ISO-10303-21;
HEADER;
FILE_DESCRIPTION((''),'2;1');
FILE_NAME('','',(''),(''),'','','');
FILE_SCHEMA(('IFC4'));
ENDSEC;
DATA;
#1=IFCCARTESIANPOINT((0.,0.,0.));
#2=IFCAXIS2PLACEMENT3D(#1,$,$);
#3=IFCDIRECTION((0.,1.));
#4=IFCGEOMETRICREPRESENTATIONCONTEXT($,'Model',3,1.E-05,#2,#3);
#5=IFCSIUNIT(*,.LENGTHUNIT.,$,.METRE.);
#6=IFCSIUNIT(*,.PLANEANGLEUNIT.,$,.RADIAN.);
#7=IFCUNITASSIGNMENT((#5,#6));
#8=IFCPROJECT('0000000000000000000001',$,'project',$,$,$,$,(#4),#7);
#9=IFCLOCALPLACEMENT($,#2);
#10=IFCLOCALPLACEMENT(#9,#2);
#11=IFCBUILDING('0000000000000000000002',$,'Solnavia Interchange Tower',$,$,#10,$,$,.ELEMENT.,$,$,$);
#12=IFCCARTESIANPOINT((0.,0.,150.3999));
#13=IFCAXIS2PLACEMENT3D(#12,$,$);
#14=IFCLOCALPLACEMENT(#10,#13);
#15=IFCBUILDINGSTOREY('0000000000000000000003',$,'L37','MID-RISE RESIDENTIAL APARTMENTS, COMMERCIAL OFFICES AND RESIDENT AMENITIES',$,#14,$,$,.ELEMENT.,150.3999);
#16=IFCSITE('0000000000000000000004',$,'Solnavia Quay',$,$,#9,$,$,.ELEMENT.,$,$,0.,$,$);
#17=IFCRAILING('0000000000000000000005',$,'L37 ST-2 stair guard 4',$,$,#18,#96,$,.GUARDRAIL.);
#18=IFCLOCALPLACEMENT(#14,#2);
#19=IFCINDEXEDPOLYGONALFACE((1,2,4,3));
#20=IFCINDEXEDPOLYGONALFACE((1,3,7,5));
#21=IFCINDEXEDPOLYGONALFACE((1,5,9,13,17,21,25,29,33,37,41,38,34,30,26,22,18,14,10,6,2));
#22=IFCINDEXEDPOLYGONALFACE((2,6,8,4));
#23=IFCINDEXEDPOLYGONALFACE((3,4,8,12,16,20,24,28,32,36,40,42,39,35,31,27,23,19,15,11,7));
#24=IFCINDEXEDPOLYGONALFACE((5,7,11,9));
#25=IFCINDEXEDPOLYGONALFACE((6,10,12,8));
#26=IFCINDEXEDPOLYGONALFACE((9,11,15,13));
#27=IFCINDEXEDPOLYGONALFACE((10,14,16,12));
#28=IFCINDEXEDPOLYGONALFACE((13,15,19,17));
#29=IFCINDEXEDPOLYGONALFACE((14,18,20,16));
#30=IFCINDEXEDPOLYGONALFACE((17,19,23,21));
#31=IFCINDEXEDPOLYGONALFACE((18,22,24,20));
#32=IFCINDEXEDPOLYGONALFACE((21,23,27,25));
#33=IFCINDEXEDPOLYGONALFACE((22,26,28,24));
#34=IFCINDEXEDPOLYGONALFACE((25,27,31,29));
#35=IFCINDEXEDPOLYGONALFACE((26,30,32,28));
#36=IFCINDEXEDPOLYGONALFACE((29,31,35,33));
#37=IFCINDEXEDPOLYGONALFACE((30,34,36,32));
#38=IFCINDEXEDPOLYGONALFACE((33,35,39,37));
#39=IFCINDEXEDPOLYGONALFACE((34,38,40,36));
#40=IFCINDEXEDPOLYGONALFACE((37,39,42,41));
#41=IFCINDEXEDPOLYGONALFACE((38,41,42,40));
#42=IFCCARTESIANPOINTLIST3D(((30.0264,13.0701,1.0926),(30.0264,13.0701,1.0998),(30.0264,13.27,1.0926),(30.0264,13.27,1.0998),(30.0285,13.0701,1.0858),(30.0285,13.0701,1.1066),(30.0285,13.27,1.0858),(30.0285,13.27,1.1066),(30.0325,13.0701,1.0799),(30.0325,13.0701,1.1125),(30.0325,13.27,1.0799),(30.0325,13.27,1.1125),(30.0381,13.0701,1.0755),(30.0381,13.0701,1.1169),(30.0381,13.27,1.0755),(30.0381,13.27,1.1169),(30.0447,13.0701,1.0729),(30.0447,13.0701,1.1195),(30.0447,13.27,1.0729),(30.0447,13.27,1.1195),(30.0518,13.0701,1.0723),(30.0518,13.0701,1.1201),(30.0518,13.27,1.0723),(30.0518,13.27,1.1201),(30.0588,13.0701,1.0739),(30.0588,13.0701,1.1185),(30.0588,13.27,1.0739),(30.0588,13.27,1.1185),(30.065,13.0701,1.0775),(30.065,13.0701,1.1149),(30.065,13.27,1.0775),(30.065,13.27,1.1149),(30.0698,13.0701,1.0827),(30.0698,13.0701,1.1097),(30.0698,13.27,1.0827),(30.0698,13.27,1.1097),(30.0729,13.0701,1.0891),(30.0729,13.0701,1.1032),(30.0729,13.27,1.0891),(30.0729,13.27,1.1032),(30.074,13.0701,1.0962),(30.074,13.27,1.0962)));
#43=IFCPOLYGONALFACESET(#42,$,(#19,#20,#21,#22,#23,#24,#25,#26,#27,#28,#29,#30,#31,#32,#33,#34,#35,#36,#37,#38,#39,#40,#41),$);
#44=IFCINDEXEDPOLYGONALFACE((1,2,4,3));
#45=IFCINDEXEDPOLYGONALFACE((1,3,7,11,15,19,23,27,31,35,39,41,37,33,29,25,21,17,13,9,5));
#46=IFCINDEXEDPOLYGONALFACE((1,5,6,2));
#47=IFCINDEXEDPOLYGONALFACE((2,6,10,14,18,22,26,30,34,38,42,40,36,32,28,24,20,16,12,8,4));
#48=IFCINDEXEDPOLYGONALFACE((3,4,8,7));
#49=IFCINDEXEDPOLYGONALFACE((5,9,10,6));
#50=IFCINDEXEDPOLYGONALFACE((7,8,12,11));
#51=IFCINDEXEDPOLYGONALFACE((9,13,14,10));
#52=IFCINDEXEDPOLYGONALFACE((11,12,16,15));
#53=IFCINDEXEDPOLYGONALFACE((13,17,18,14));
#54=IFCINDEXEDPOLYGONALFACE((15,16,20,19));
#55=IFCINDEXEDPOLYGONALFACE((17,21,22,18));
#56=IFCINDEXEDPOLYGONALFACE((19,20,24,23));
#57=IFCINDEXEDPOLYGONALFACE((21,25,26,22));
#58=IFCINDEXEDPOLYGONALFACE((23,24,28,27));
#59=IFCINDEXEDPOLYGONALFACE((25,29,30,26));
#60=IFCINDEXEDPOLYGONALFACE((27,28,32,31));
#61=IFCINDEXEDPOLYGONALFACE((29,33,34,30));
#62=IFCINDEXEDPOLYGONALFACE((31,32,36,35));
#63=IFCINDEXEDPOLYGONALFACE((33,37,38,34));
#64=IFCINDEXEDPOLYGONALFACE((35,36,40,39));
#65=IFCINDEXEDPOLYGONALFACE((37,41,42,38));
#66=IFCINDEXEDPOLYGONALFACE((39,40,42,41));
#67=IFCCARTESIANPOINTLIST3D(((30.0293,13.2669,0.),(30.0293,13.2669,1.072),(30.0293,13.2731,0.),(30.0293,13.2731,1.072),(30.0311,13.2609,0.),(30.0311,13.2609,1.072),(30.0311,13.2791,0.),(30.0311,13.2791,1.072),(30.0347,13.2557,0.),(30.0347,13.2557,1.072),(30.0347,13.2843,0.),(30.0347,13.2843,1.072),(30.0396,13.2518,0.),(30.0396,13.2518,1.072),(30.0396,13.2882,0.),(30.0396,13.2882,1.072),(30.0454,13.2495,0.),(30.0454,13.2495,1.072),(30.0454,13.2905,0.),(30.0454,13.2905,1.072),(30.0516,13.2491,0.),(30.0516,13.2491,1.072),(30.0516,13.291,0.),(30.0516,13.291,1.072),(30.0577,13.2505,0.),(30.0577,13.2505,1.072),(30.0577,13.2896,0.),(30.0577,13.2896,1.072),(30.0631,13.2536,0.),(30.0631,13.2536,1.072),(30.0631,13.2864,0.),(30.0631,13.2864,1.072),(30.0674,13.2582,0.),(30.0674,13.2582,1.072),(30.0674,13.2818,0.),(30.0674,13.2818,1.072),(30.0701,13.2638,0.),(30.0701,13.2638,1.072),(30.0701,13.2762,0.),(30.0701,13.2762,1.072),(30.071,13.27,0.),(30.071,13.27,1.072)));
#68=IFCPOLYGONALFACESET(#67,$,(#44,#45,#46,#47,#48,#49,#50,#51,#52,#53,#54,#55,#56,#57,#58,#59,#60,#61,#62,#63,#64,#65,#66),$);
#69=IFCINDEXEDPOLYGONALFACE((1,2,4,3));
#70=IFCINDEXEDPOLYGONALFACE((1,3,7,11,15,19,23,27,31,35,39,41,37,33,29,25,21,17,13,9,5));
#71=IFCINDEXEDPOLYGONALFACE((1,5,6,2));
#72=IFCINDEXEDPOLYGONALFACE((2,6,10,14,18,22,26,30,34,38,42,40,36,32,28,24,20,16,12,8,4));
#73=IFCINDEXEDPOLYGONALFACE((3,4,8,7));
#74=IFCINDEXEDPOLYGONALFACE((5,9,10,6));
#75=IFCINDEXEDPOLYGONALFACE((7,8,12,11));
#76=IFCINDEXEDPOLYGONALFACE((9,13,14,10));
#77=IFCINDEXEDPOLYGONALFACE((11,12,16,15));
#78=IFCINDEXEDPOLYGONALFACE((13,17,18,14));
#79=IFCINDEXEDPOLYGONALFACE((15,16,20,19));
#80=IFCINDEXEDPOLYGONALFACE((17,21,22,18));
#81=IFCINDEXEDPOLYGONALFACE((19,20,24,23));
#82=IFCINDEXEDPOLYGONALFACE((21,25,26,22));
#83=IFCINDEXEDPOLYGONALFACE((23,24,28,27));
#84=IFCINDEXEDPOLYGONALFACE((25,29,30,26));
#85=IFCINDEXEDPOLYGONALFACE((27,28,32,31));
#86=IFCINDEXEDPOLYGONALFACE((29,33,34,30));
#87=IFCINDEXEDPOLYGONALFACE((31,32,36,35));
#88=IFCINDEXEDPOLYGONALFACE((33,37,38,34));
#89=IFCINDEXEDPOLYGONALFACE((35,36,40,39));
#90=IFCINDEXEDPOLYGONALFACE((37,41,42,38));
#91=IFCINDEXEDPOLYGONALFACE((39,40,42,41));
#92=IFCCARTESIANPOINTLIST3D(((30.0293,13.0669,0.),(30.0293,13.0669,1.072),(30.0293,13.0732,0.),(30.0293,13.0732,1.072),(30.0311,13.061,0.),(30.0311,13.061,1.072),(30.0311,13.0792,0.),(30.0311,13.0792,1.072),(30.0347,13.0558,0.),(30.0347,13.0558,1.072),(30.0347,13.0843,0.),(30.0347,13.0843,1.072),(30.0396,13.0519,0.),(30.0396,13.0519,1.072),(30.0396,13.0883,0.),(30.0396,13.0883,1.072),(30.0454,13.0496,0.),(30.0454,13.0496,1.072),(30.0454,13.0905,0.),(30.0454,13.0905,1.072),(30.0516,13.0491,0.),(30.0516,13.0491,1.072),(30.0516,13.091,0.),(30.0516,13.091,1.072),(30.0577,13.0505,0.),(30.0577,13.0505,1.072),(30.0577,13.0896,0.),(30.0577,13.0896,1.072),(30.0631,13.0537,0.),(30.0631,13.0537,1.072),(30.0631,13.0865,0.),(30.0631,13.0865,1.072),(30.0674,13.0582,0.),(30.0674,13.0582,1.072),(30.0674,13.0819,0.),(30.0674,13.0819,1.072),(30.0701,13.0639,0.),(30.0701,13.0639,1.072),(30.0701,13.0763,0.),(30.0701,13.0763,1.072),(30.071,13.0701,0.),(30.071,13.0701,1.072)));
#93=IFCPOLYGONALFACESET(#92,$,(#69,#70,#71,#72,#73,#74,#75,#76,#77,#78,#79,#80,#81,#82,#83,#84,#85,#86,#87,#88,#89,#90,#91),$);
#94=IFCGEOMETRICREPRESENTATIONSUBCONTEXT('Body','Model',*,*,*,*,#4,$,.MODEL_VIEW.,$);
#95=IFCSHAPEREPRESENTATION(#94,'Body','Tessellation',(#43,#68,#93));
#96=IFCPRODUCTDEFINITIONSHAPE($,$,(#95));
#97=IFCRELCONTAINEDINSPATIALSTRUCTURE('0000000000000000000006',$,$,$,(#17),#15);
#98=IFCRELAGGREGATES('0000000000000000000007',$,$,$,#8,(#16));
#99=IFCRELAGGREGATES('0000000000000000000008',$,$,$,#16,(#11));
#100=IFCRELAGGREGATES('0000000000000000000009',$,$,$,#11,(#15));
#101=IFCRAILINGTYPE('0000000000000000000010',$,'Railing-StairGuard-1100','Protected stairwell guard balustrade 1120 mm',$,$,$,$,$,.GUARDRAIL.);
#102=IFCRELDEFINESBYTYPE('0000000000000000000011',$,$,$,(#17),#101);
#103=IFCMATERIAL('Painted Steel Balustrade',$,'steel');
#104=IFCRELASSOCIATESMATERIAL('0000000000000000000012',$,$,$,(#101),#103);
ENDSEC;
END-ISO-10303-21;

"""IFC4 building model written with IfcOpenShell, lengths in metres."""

from ifc_helpers import new_model, si_unit, direction, frame, origin, origin_2d, place, context, subcontext, project, spatial, circle, extrude, material, type_object, element, save


model = new_model("IFC4")

# Units and contexts
model_context = context("Model", 3, precision=1e-05, world=origin(), true_north=direction((0.0, 1.0)))
body_context = subcontext(model_context, "Body", "Model", "MODEL_VIEW")
ifc_project = project(units=[si_unit("LENGTHUNIT", "METRE"), si_unit("PLANEANGLEUNIT", "RADIAN")], contexts=[model_context])

# Site, building, storey
site_placement = place(None, origin())
site = spatial("IfcSite", under=ifc_project, at=site_placement, Name="Solnavia Quay", CompositionType="ELEMENT", RefElevation=0.0)
building_placement = place(site_placement, origin())
building = spatial("IfcBuilding", under=site, at=building_placement, Name="Solnavia Interchange Tower", CompositionType="ELEMENT")
storey_placement = place(building_placement, frame((0.0, 0.0, 150.3999)))
storey = spatial("IfcBuildingStorey", under=building, at=storey_placement, Name="L37", Description="MID-RISE RESIDENTIAL APARTMENTS, COMMERCIAL OFFICES AND RESIDENT AMENITIES", CompositionType="ELEMENT", Elevation=150.3999)

# Railing
ifc_material_1 = material(Name="Painted Steel Balustrade", Category="steel")
railing_type_1 = type_object("IfcRailingType", Name="Railing-StairGuard-1100", Description="Protected stairwell guard balustrade 1120 mm", PredefinedType="GUARDRAIL", material=ifc_material_1)
railing_1_placement = place(storey_placement, frame((30.05, 13.27, 0.0)))
element("IfcRailing", 1, at=railing_1_placement, inside=storey, type_object=railing_type_1, Name="L37 ST-2 stair guard 4", PredefinedType="GUARDRAIL", context=body_context, shape_type="SweptSolid", body=[
    extrude(circle(Radius=0.0239, at=origin_2d()), frame((0.0, 0.0, 1.0962), z_axis=(0.0, -1.0, 0.0), x_axis=(1.0, 0.0, 0.0)), (0.0, 0.0, 1.0), 0.2),
    extrude(circle(Radius=0.021, at=origin_2d()), origin(), (0.0, 0.0, 1.0), 1.072),
    extrude(circle(Radius=0.021, at=origin_2d()), frame((0.0, -0.2, 0.0)), (0.0, 0.0, 1.0), 1.072),
])

save(model, "model.ifc")
